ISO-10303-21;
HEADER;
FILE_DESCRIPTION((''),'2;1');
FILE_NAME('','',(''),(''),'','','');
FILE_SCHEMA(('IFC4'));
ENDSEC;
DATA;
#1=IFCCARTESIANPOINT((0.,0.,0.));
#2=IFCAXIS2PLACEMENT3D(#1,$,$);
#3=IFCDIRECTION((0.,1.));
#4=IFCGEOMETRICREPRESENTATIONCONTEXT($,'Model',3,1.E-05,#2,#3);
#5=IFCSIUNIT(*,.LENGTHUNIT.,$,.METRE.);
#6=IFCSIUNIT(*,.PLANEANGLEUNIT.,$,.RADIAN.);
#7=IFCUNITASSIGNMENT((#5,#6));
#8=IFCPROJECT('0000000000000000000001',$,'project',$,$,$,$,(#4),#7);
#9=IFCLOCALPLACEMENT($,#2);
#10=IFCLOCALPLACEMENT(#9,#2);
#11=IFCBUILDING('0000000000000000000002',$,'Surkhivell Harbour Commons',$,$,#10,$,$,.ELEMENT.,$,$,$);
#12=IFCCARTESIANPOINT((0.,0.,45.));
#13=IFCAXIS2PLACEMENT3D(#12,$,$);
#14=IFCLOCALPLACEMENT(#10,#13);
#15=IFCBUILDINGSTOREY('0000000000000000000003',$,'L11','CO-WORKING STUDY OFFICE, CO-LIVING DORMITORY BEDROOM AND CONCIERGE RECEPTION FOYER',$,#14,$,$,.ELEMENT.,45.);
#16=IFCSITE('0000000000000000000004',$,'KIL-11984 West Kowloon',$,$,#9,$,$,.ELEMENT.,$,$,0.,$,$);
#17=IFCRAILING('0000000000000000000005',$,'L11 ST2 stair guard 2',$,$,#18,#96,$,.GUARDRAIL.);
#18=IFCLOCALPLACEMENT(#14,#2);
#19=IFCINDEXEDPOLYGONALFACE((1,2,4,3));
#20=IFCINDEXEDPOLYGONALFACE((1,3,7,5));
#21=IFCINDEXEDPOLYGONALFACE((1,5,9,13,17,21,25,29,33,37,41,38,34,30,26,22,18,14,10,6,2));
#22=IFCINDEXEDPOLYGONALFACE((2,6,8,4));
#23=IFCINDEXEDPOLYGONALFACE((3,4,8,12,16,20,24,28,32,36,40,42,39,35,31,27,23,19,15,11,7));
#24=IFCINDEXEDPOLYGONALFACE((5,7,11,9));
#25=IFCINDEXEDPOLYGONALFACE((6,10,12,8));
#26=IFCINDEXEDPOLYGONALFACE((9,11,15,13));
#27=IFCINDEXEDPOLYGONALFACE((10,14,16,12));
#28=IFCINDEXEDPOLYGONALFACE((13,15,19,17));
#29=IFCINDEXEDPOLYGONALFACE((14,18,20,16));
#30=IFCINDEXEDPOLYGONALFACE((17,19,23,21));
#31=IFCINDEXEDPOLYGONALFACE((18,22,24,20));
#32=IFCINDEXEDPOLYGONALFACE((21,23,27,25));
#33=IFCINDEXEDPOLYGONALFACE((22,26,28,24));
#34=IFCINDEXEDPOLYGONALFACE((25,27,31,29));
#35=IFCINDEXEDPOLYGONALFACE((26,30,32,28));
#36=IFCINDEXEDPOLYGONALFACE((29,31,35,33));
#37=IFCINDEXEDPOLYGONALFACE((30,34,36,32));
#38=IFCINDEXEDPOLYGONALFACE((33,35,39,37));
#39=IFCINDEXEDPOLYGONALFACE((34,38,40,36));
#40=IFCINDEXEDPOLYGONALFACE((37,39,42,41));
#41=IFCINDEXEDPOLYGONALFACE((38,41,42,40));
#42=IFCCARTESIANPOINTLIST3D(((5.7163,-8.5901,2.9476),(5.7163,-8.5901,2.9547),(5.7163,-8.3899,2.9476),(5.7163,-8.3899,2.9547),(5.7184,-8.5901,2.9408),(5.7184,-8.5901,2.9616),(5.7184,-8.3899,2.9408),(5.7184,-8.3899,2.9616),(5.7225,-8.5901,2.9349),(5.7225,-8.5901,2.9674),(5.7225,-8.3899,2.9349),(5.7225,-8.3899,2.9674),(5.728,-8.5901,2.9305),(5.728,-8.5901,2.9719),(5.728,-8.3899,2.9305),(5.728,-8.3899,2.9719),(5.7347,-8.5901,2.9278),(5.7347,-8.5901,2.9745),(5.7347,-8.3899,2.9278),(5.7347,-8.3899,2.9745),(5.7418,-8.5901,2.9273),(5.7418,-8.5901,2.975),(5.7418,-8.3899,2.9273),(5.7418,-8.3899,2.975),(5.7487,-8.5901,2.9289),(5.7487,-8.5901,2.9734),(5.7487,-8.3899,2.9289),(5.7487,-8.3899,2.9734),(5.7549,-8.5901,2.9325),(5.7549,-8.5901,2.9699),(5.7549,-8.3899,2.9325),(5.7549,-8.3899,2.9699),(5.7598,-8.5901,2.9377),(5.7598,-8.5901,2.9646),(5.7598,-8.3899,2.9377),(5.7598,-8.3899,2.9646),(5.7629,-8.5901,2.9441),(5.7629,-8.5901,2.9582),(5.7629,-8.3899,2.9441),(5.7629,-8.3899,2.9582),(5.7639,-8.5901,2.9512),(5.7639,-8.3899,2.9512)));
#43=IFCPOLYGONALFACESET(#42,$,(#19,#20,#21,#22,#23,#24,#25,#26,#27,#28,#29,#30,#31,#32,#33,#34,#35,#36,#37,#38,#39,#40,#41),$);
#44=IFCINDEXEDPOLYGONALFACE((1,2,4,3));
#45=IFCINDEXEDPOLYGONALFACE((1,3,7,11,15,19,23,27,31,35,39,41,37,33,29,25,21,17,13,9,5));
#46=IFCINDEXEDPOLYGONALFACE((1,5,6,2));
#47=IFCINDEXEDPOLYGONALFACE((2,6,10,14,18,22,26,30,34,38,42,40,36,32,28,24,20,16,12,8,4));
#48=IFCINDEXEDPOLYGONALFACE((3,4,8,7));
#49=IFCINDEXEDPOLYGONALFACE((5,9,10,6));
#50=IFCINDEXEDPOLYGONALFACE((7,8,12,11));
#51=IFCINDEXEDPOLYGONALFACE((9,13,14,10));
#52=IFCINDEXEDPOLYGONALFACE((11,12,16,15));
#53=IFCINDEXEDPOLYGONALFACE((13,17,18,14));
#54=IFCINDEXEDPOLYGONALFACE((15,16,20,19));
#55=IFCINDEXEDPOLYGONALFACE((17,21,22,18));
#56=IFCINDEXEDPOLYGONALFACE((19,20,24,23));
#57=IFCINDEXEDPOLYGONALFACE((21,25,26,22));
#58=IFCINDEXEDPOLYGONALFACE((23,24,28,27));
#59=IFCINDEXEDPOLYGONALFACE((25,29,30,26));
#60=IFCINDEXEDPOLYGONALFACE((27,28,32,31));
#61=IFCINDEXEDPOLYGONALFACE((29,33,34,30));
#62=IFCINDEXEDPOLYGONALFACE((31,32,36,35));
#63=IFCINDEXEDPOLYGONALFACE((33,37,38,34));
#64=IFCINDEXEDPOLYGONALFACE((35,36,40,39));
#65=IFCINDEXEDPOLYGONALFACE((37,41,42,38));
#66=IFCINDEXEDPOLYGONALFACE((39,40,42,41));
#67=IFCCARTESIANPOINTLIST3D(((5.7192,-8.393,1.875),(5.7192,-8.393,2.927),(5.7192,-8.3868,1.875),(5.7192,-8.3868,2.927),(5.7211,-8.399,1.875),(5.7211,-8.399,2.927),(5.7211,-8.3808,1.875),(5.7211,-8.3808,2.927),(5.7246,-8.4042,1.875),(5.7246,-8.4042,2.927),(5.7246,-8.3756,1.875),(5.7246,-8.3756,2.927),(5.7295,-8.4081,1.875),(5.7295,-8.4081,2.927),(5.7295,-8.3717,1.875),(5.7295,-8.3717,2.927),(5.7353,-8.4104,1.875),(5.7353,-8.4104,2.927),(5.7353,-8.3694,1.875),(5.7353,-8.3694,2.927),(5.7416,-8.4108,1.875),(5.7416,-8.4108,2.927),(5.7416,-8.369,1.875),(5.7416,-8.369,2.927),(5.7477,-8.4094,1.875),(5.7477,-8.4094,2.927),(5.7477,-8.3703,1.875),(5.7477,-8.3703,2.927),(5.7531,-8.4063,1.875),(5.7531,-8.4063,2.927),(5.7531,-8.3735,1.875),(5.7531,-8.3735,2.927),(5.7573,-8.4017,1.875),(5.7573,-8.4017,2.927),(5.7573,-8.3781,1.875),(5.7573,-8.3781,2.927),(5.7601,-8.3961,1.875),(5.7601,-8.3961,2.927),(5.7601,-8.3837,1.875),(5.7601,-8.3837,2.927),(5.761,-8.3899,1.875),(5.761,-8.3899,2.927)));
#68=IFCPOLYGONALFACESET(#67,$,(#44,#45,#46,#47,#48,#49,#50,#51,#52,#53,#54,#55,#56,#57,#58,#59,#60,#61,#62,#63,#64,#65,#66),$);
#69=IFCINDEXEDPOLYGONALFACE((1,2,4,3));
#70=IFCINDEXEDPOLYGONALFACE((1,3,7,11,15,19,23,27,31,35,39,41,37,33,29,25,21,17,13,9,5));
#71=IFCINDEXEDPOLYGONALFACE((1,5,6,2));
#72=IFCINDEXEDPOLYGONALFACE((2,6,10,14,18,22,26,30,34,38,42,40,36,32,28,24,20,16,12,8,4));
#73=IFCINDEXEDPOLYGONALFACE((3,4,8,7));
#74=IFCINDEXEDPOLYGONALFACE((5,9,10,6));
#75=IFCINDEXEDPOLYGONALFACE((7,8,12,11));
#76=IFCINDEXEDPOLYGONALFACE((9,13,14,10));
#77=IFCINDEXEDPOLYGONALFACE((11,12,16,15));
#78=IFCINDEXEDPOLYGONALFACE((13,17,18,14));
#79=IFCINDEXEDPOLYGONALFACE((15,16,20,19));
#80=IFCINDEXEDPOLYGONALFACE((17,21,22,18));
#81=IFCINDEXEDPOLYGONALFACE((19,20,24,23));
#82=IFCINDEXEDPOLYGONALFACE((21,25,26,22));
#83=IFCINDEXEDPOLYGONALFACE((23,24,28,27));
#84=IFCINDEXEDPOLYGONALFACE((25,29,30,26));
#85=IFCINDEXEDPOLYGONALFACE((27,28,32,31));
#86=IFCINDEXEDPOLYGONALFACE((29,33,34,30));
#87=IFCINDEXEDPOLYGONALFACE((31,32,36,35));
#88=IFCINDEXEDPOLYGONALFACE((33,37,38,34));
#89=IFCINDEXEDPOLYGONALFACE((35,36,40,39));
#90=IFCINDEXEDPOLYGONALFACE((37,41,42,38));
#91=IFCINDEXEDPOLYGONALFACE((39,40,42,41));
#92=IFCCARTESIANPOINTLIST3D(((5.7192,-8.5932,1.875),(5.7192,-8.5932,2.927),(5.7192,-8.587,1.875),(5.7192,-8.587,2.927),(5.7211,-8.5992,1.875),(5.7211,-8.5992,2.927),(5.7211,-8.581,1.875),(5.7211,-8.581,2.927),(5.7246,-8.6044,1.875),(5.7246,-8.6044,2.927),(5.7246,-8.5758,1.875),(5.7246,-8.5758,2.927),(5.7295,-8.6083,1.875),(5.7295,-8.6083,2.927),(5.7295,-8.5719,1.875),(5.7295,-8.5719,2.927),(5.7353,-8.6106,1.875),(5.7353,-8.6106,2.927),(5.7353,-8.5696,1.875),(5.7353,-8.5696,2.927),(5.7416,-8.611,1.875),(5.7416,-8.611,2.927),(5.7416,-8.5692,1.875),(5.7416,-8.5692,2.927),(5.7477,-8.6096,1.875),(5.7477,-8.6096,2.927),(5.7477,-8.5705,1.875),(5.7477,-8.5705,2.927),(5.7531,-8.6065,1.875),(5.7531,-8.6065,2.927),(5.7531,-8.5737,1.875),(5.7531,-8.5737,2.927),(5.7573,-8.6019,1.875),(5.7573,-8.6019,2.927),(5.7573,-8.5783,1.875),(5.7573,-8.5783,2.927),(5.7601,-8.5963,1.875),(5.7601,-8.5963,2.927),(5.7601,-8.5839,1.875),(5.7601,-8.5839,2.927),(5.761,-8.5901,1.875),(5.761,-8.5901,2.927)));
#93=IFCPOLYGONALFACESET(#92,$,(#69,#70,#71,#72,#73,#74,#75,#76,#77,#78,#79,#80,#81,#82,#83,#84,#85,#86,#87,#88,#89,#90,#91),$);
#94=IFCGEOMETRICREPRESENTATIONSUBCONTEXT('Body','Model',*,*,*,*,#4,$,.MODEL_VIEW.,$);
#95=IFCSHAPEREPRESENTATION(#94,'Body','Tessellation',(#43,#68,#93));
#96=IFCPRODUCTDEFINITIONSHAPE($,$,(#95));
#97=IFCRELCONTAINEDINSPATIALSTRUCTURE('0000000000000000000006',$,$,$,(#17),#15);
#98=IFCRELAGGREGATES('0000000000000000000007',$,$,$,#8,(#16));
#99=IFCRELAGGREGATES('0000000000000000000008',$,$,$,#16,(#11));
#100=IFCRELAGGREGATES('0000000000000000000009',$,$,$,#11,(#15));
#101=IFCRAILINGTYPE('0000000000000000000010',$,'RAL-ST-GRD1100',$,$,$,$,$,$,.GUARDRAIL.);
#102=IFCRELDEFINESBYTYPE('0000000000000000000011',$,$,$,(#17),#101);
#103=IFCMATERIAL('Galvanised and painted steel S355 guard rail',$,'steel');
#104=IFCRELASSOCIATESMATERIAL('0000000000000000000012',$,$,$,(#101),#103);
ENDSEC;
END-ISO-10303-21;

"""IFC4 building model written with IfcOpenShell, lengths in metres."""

from ifc_helpers import new_model, si_unit, direction, frame, origin, origin_2d, place, context, subcontext, project, spatial, circle, extrude, material, type_object, element, save


model = new_model("IFC4")

# Units and contexts
model_context = context("Model", 3, precision=1e-05, world=origin(), true_north=direction((0.0, 1.0)))
body_context = subcontext(model_context, "Body", "Model", "MODEL_VIEW")
ifc_project = project(units=[si_unit("LENGTHUNIT", "METRE"), si_unit("PLANEANGLEUNIT", "RADIAN")], contexts=[model_context])

# Site, building, storey
site_placement = place(None, origin())
site = spatial("IfcSite", under=ifc_project, at=site_placement, Name="KIL-11984 West Kowloon", CompositionType="ELEMENT", RefElevation=0.0)
building_placement = place(site_placement, origin())
building = spatial("IfcBuilding", under=site, at=building_placement, Name="Surkhivell Harbour Commons", CompositionType="ELEMENT")
storey_placement = place(building_placement, frame((0.0, 0.0, 45.0)))
storey = spatial("IfcBuildingStorey", under=building, at=storey_placement, Name="L11", Description="CO-WORKING STUDY OFFICE, CO-LIVING DORMITORY BEDROOM AND CONCIERGE RECEPTION FOYER", CompositionType="ELEMENT", Elevation=45.0)

# Railing
ifc_material_1 = material(Name="Galvanised and painted steel S355 guard rail", Category="steel")
railing_type_1 = type_object("IfcRailingType", Name="RAL-ST-GRD1100", PredefinedType="GUARDRAIL", material=ifc_material_1)
railing_1_placement = place(storey_placement, frame((5.74, -8.3899, 1.875)))
element("IfcRailing", 1, at=railing_1_placement, inside=storey, type_object=railing_type_1, Name="L11 ST2 stair guard 2", PredefinedType="GUARDRAIL", context=body_context, shape_type="SweptSolid", body=[
    extrude(circle(Radius=0.0239, at=origin_2d()), frame((0.0, 0.0, 1.0762), z_axis=(0.0, -1.0, 0.0), x_axis=(1.0, 0.0, 0.0)), (0.0, 0.0, 1.0), 0.2002),
    extrude(circle(Radius=0.021, at=origin_2d()), origin(), (0.0, 0.0, 1.0), 1.052),
    extrude(circle(Radius=0.021, at=origin_2d()), frame((0.0, -0.2002, 0.0)), (0.0, 0.0, 1.0), 1.052),
])

save(model, "model.ifc")
